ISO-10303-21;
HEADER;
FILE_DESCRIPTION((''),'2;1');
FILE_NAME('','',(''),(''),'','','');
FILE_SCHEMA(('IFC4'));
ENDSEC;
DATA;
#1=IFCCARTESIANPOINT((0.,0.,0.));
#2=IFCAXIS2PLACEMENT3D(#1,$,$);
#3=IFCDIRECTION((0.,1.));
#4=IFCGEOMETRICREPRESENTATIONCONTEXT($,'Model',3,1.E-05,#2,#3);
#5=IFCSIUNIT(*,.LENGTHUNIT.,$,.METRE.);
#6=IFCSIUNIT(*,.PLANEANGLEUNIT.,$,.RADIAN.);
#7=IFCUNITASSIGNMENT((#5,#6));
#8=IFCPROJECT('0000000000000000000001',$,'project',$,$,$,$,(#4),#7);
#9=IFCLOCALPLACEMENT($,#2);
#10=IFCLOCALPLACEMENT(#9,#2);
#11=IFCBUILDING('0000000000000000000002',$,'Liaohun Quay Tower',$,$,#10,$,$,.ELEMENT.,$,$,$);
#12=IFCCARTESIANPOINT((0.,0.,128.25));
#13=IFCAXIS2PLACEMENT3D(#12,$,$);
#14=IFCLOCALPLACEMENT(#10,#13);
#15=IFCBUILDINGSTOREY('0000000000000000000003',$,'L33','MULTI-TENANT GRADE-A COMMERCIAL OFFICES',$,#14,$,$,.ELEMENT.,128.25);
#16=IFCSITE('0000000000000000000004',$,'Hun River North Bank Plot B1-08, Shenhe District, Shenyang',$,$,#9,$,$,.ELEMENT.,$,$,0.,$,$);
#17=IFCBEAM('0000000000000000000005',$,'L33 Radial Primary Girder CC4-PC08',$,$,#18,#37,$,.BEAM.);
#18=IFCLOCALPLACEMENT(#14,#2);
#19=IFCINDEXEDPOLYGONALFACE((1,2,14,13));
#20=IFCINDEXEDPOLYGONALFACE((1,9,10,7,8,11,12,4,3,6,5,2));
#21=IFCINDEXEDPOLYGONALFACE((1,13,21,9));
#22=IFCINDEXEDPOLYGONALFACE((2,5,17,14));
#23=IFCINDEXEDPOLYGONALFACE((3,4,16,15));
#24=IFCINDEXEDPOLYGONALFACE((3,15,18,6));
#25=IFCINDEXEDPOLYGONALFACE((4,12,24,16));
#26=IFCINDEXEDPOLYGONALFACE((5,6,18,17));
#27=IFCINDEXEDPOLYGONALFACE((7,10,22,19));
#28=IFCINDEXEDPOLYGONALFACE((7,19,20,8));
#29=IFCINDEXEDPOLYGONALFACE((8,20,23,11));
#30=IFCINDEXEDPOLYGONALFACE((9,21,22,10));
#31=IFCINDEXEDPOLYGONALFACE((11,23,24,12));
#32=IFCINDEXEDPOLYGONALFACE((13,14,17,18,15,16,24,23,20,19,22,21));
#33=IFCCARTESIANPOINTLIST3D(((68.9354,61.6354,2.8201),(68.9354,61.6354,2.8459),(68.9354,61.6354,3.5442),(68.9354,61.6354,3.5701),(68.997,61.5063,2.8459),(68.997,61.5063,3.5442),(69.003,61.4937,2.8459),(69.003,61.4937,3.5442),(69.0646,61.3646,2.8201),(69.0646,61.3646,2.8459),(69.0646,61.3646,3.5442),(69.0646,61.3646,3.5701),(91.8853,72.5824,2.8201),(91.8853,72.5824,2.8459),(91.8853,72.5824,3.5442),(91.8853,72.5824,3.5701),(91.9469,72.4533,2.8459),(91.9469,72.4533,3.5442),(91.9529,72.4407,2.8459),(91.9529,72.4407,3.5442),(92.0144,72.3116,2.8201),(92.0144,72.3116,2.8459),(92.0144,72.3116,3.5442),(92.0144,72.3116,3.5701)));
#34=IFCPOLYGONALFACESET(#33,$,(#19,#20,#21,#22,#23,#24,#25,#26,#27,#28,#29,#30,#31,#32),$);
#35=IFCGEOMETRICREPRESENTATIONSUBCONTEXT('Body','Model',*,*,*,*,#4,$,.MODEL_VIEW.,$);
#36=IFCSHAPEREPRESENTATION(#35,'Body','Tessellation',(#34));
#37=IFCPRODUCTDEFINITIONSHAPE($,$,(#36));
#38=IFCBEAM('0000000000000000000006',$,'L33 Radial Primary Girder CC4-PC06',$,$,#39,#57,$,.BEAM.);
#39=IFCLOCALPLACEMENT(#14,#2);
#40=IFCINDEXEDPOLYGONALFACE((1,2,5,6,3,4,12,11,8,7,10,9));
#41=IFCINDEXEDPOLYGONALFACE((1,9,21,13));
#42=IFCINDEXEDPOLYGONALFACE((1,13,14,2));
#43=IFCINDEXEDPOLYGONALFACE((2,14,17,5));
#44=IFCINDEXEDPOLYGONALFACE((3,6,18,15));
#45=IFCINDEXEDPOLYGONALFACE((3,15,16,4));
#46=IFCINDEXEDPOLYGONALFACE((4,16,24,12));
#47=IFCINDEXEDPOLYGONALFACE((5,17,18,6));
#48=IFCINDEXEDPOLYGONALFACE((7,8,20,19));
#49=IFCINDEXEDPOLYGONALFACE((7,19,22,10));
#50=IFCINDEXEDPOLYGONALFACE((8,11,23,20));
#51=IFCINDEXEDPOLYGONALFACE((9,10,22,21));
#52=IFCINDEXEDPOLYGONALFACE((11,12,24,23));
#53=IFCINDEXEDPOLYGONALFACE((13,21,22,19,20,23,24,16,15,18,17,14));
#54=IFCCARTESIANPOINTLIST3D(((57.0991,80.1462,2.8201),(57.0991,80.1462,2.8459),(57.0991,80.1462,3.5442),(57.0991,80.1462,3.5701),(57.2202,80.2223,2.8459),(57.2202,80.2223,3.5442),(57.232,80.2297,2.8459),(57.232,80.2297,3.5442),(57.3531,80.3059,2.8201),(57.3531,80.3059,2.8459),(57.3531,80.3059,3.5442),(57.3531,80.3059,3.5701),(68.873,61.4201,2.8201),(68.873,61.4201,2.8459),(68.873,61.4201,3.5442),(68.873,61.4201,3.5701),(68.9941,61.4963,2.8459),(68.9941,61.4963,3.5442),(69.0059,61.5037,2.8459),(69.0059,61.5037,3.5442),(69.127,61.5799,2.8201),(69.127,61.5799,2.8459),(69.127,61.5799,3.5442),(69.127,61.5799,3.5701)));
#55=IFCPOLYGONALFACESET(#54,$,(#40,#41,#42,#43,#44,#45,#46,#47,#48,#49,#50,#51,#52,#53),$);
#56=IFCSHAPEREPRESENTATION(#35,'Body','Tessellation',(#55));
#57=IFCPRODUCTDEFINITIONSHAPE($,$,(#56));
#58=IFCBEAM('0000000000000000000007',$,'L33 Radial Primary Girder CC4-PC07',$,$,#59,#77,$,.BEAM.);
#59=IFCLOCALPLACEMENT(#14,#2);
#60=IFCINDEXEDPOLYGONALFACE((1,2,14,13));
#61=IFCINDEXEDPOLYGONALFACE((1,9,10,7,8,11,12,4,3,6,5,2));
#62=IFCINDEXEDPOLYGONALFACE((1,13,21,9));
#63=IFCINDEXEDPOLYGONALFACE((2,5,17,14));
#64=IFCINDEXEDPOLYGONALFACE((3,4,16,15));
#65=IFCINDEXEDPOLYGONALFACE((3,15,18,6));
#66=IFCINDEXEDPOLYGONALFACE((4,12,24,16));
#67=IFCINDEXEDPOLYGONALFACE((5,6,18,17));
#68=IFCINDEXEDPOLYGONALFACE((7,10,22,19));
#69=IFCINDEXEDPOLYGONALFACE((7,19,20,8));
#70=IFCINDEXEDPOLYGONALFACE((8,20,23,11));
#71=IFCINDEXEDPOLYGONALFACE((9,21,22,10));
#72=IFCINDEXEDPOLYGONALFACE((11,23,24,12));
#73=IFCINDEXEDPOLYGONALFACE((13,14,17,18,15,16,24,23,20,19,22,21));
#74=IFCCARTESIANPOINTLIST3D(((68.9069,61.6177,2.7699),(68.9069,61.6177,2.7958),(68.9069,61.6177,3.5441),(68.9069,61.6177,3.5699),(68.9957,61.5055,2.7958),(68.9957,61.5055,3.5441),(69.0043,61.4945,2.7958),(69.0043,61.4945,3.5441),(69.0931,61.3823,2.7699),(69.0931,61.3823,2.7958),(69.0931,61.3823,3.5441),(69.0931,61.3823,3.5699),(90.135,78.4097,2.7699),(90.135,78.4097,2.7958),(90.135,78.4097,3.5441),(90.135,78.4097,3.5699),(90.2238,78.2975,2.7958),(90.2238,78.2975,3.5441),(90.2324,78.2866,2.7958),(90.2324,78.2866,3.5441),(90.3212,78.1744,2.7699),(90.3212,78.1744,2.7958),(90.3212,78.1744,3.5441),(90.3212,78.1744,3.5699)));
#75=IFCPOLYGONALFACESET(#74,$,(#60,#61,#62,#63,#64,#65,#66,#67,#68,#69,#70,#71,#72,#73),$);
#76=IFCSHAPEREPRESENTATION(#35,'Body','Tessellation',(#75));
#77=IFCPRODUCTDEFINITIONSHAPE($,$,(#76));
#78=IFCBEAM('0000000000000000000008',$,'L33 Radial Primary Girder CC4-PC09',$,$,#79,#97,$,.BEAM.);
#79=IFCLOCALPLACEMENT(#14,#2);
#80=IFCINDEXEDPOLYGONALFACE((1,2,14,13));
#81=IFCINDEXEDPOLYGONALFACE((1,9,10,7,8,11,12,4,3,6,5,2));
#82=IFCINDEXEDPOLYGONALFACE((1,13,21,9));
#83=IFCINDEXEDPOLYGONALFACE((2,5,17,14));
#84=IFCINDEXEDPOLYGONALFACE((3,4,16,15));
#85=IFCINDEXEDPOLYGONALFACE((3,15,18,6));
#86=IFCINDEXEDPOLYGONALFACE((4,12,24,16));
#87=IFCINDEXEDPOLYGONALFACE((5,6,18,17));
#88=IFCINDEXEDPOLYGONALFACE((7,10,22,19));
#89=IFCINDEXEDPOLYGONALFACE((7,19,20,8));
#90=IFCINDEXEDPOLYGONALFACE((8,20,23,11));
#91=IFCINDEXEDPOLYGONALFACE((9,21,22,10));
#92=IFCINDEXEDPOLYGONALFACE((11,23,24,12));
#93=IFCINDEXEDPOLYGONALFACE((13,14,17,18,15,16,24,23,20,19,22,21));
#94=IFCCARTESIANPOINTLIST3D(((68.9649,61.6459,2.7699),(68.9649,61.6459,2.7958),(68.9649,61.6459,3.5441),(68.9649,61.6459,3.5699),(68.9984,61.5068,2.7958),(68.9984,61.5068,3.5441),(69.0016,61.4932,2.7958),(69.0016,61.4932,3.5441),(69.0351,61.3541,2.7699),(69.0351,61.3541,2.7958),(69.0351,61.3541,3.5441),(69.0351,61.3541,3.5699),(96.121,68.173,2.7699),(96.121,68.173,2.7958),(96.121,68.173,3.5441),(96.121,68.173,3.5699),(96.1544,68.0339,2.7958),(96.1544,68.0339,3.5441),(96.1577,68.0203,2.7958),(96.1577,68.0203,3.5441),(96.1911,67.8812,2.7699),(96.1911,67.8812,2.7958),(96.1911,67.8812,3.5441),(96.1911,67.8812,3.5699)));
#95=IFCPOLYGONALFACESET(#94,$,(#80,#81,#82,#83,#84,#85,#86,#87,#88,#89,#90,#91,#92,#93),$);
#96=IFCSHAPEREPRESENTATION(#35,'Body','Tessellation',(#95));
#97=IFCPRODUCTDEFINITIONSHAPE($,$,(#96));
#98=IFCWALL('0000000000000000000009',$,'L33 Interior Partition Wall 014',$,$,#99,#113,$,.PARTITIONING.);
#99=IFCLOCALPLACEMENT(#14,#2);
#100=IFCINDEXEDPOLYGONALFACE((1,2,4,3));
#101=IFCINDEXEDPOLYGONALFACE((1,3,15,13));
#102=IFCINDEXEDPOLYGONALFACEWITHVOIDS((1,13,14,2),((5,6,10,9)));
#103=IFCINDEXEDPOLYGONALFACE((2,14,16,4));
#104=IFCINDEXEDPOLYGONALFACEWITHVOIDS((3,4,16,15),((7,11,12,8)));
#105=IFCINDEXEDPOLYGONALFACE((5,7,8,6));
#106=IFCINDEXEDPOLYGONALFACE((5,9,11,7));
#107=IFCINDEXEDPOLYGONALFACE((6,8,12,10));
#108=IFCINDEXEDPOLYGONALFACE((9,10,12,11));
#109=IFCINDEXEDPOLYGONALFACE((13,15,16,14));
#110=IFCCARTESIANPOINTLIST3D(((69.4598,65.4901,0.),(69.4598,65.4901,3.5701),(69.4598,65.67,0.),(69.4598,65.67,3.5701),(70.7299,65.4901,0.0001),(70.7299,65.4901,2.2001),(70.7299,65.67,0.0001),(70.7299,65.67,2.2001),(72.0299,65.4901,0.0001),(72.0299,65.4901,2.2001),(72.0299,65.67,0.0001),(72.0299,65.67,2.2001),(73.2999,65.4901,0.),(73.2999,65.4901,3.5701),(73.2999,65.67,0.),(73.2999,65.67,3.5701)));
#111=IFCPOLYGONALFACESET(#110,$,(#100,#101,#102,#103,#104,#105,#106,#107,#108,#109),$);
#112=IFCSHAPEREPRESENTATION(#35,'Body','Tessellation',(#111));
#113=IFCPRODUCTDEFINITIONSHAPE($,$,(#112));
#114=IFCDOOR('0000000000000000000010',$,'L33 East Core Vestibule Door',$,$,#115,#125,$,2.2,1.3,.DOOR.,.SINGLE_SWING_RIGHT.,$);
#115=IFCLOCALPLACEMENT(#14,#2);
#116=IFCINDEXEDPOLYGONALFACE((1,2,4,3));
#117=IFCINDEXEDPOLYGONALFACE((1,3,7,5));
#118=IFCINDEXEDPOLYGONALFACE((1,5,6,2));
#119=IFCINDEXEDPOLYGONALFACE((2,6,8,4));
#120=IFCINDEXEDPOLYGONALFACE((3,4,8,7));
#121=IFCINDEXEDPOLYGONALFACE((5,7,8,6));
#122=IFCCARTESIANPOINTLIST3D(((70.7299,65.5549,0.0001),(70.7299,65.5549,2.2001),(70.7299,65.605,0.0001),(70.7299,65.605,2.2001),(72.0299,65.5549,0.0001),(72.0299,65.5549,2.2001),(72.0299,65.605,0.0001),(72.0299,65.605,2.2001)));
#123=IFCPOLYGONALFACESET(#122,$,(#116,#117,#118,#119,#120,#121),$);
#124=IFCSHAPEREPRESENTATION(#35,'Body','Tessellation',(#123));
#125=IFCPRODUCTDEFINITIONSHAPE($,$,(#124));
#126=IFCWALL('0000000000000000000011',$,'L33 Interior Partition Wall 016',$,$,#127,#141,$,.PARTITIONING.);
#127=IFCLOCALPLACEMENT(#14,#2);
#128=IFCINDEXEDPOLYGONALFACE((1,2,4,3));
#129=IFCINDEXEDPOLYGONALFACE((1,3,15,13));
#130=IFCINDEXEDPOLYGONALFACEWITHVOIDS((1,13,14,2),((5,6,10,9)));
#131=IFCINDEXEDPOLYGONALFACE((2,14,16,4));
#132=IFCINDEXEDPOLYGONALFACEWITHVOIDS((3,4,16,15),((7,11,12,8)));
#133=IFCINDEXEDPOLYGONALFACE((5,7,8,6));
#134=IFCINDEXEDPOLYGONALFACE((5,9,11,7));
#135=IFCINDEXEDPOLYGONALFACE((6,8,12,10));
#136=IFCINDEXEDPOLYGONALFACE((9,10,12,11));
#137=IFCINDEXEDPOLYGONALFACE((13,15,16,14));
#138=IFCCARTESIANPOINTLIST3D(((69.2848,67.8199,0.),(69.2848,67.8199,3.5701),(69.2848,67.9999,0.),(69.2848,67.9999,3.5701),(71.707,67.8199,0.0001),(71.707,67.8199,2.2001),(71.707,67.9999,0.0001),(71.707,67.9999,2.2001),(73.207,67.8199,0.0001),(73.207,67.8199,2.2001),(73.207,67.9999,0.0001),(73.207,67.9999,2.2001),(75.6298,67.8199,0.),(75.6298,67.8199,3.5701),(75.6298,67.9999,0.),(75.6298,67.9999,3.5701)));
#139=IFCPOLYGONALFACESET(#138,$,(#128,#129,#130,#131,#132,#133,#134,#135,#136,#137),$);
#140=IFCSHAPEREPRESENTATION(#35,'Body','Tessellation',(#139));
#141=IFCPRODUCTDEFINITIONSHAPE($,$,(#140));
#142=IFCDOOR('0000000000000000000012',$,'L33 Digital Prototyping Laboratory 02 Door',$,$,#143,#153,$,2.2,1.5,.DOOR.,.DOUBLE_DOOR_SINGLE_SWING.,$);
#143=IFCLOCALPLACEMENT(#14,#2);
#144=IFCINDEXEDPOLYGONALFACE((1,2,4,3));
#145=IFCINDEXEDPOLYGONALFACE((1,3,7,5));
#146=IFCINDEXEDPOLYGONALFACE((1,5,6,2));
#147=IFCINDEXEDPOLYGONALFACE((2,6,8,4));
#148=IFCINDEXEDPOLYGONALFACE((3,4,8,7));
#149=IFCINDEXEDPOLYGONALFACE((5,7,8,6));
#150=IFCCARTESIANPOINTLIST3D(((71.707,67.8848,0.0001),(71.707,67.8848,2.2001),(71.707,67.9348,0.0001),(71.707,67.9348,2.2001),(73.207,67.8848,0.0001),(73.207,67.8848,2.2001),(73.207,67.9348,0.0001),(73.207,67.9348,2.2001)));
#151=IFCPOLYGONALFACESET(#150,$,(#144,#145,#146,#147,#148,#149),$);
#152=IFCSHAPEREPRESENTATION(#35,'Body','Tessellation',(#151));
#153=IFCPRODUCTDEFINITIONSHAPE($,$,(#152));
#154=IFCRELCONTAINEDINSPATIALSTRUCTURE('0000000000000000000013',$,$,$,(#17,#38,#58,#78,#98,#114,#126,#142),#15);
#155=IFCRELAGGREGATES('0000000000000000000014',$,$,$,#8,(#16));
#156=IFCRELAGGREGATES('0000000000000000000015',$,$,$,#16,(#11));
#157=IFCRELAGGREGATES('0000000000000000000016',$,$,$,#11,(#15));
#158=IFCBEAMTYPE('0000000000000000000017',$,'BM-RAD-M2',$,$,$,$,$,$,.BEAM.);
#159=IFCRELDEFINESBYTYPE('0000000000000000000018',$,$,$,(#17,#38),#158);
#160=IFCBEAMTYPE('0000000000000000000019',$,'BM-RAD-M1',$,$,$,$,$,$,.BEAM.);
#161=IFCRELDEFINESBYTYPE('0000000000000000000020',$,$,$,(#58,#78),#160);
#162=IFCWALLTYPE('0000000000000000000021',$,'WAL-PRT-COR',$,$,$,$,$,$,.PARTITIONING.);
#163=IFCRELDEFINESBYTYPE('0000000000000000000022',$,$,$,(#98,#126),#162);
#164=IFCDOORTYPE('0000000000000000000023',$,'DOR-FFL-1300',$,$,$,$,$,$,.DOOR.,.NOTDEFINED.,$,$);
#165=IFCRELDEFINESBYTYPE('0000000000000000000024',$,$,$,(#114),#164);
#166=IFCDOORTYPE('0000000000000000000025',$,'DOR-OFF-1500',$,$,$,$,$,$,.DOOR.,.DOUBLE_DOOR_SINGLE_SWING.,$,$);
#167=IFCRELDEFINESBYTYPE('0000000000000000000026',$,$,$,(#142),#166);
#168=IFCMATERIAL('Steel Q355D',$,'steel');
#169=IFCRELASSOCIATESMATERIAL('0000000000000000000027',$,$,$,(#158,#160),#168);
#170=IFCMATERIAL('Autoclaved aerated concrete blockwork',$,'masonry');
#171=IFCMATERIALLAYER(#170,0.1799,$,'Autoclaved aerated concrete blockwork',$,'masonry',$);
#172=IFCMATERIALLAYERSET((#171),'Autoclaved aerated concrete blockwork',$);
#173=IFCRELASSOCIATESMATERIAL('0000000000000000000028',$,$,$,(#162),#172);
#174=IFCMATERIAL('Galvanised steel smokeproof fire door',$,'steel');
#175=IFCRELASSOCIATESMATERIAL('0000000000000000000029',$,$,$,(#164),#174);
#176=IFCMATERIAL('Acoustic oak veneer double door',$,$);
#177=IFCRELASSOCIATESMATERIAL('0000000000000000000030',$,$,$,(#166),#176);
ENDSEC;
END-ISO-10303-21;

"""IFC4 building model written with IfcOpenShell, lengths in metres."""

from ifc_helpers import new_model, si_unit, direction, frame, frame_2d, origin, origin_2d, place, context, subcontext, project, spatial, rectangle, i_section, extrude, source, transform, mapped, material, layer, layer_set, material_profile, profile_set, type_object, element, fill, save


model = new_model("IFC4")

# Units and contexts
model_context = context("Model", 3, precision=1e-05, world=origin(), true_north=direction((0.0, 1.0)))
body_context = subcontext(model_context, "Body", "Model", "MODEL_VIEW")
ifc_project = project(units=[si_unit("LENGTHUNIT", "METRE"), si_unit("PLANEANGLEUNIT", "RADIAN")], contexts=[model_context])

# Site, building, storey
site_placement = place(None, origin())
site = spatial("IfcSite", under=ifc_project, at=site_placement, Name="Hun River North Bank Plot B1-08, Shenhe District, Shenyang", CompositionType="ELEMENT", RefElevation=0.0)
building_placement = place(site_placement, origin())
building = spatial("IfcBuilding", under=site, at=building_placement, Name="Liaohun Quay Tower", CompositionType="ELEMENT")
storey_placement = place(building_placement, frame((0.0, 0.0, 128.25)))
storey = spatial("IfcBuildingStorey", under=building, at=storey_placement, Name="L33", Description="MULTI-TENANT GRADE-A COMMERCIAL OFFICES", CompositionType="ELEMENT", Elevation=128.25)

# Beams
ifc_material_1 = material(Name="Steel Q355D", Category="steel")
ifc_material_profile_1 = material_profile(ifc_material_1, i_section(OverallWidth=0.3, OverallDepth=0.75, WebThickness=0.0139, FlangeThickness=0.0259, at=origin_2d()), Name="HN750x300x14x26")
ifc_profile_set_1 = profile_set([ifc_material_profile_1], Name="Steel Q355D")
beam_type_1 = type_object("IfcBeamType", Name="BM-RAD-M2", PredefinedType="BEAM", material=ifc_profile_set_1)
shared_shape_1 = source(origin(), body_context, "Body", "SweptSolid", [
    extrude(i_section(OverallWidth=0.3, OverallDepth=0.75, WebThickness=0.0139, FlangeThickness=0.0259, at=origin_2d()), origin(), (0.0, 0.0, 1.0), 25.427),
])
beam_1_placement = place(storey_placement, frame((69.0, 61.5, 3.1951), z_axis=(0.902578, 0.430526, 0.0), x_axis=(-0.430526, 0.902578, 0.0)))
element("IfcBeam", 1, at=beam_1_placement, inside=storey, type_object=beam_type_1, Name="L33 Radial Primary Girder CC4-PC08", PredefinedType="BEAM", context=body_context, shape_type="MappedRepresentation", body=[
    mapped(shared_shape_1, transform((0.0, 0.0, 0.0), x_axis=(1.0, 0.0, 0.0), y_axis=(0.0, 1.0, 0.0), z_axis=(0.0, 0.0, 1.0), scale=1.0)),
])
shared_shape_2 = source(origin(), body_context, "Body", "SweptSolid", [
    extrude(i_section(OverallWidth=0.3, OverallDepth=0.75, WebThickness=0.0139, FlangeThickness=0.0259, at=origin_2d()), origin(), (0.0, 0.0, 1.0), 22.1199),
])
beam_2_placement = place(storey_placement, frame((69.0, 61.5, 3.1951), z_axis=(-0.532277, 0.84657, 0.0), x_axis=(-0.84657, -0.532277, 0.0)))
element("IfcBeam", 2, at=beam_2_placement, inside=storey, type_object=beam_type_1, Name="L33 Radial Primary Girder CC4-PC06", PredefinedType="BEAM", context=body_context, shape_type="MappedRepresentation", body=[
    mapped(shared_shape_2, transform((0.0, 0.0, 0.0), x_axis=(1.0, 0.0, 0.0), y_axis=(0.0, 1.0, 0.0), z_axis=(0.0, 0.0, 1.0), scale=1.0)),
])
ifc_material_profile_2 = material_profile(ifc_material_1, i_section(OverallWidth=0.3, OverallDepth=0.8, WebThickness=0.0139, FlangeThickness=0.0259, at=origin_2d()), Name="HN800x300x14x26")
ifc_profile_set_2 = profile_set([ifc_material_profile_2], Name="Steel Q355D")
beam_type_2 = type_object("IfcBeamType", Name="BM-RAD-M1", PredefinedType="BEAM", material=ifc_profile_set_2)
shared_shape_3 = source(origin(), body_context, "Body", "SweptSolid", [
    extrude(i_section(OverallWidth=0.3, OverallDepth=0.8, WebThickness=0.0139, FlangeThickness=0.0259, at=origin_2d()), origin(), (0.0, 0.0, 1.0), 27.0667),
])
beam_3_placement = place(storey_placement, frame((69.0, 61.5, 3.1699), z_axis=(0.784289, 0.620396, 0.0), x_axis=(-0.620396, 0.784289, 0.0)))
element("IfcBeam", 3, at=beam_3_placement, inside=storey, type_object=beam_type_2, Name="L33 Radial Primary Girder CC4-PC07", PredefinedType="BEAM", context=body_context, shape_type="MappedRepresentation", body=[
    mapped(shared_shape_3, transform((0.0, 0.0, 0.0), x_axis=(1.0, 0.0, 0.0), y_axis=(0.0, 1.0, 0.0), z_axis=(0.0, 0.0, 1.0), scale=1.0)),
])
shared_shape_4 = source(origin(), body_context, "Body", "SweptSolid", [
    extrude(i_section(OverallWidth=0.3, OverallDepth=0.8, WebThickness=0.0139, FlangeThickness=0.0259, at=origin_2d()), origin(), (0.0, 0.0, 1.0), 27.9294),
])
beam_4_placement = place(storey_placement, frame((69.0, 61.5, 3.1699), z_axis=(0.972309, 0.2337, 0.0), x_axis=(-0.2337, 0.972309, 0.0)))
element("IfcBeam", 4, at=beam_4_placement, inside=storey, type_object=beam_type_2, Name="L33 Radial Primary Girder CC4-PC09", PredefinedType="BEAM", context=body_context, shape_type="MappedRepresentation", body=[
    mapped(shared_shape_4, transform((0.0, 0.0, 0.0), x_axis=(1.0, 0.0, 0.0), y_axis=(0.0, 1.0, 0.0), z_axis=(0.0, 0.0, 1.0), scale=1.0)),
])

# Walls, openings, doors
ifc_material_2 = material(Name="Autoclaved aerated concrete blockwork", Category="masonry")
ifc_layer_1 = layer(ifc_material_2, 0.1799, Name="Autoclaved aerated concrete blockwork", Category="masonry")
ifc_layer_set_1 = layer_set([ifc_layer_1], Name="Autoclaved aerated concrete blockwork")
wall_type_1 = type_object("IfcWallType", Name="WAL-PRT-COR", PredefinedType="PARTITIONING", material=ifc_layer_set_1)
wall_1_placement = place(storey_placement, frame((69.46, 65.5801, 0.0), z_axis=(0.0, 0.0, 1.0), x_axis=(1.0, 0.0, 0.0)))
wall_1 = element("IfcWall", 5, at=wall_1_placement, inside=storey, type_object=wall_type_1, Name="L33 Interior Partition Wall 014", PredefinedType="PARTITIONING", context=body_context, shape_type="SweptSolid", body=[
    extrude(rectangle(XDim=3.8401, YDim=0.1799, at=frame_2d((1.9199, 0.0))), origin(), (0.0, 0.0, 1.0), 3.5701),
])
shared_shape_5 = source(origin(), body_context, "Body", "SweptSolid", [
    extrude(rectangle(XDim=1.3, YDim=2.2, at=frame_2d((0.6499, 1.1001))), frame((0.0, 0.0999, 0.0), z_axis=(0.0, -1.0, 0.0), x_axis=(1.0, 0.0, 0.0)), (0.0, 0.0, 1.0), 0.2),
])
opening_1_placement = place(wall_1_placement, frame((1.27, 0.0, 0.0)))
opening_1 = element("IfcOpeningElement", 6, at=opening_1_placement, cuts=wall_1, PredefinedType="OPENING", context=body_context, shape_type="MappedRepresentation", body=[
    mapped(shared_shape_5, transform((0.0, 0.0, 0.0), x_axis=(1.0, 0.0, 0.0), y_axis=(0.0, 1.0, 0.0), z_axis=(0.0, 0.0, 1.0), scale=1.0)),
])
ifc_material_3 = material(Name="Galvanised steel smokeproof fire door", Category="steel")
door_type_1 = type_object("IfcDoorType", Name="DOR-FFL-1300", OperationType="NOTDEFINED", PredefinedType="DOOR", material=ifc_material_3)
shared_shape_6 = source(origin(), body_context, "Body", "SweptSolid", [
    extrude(rectangle(XDim=1.3, YDim=2.2, at=frame_2d((0.6499, 1.1001))), frame((0.0, 0.0249, 0.0), z_axis=(0.0, -1.0, 0.0), x_axis=(1.0, 0.0, 0.0)), (0.0, 0.0, 1.0), 0.05),
])
door_1_placement = place(opening_1_placement, origin())
door_1 = element("IfcDoor", 7, at=door_1_placement, inside=storey, type_object=door_type_1, Name="L33 East Core Vestibule Door", OperationType="SINGLE_SWING_RIGHT", OverallHeight=2.2, OverallWidth=1.3, PredefinedType="DOOR", context=body_context, shape_type="MappedRepresentation", body=[
    mapped(shared_shape_6, transform((0.0, 0.0, 0.0), x_axis=(1.0, 0.0, 0.0), y_axis=(0.0, 1.0, 0.0), z_axis=(0.0, 0.0, 1.0), scale=1.0)),
])
fill(opening_1, door_1)
wall_2_placement = place(storey_placement, frame((69.2849, 67.9099, 0.0), z_axis=(0.0, 0.0, 1.0), x_axis=(1.0, 0.0, 0.0)))
wall_2 = element("IfcWall", 8, at=wall_2_placement, inside=storey, type_object=wall_type_1, Name="L33 Interior Partition Wall 016", PredefinedType="PARTITIONING", context=body_context, shape_type="SweptSolid", body=[
    extrude(rectangle(XDim=6.345, YDim=0.1799, at=frame_2d((3.1724, 0.0))), origin(), (0.0, 0.0, 1.0), 3.5701),
])
shared_shape_7 = source(origin(), body_context, "Body", "SweptSolid", [
    extrude(rectangle(XDim=1.5, YDim=2.2, at=frame_2d((0.75, 1.1001))), frame((0.0, 0.0999, 0.0), z_axis=(0.0, -1.0, 0.0), x_axis=(1.0, 0.0, 0.0)), (0.0, 0.0, 1.0), 0.2),
])
opening_2_placement = place(wall_2_placement, frame((2.4221, 0.0, 0.0)))
opening_2 = element("IfcOpeningElement", 9, at=opening_2_placement, cuts=wall_2, PredefinedType="OPENING", context=body_context, shape_type="MappedRepresentation", body=[
    mapped(shared_shape_7, transform((0.0, 0.0, 0.0), x_axis=(1.0, 0.0, 0.0), y_axis=(0.0, 1.0, 0.0), z_axis=(0.0, 0.0, 1.0), scale=1.0)),
])
ifc_material_4 = material(Name="Acoustic oak veneer double door")
door_type_2 = type_object("IfcDoorType", Name="DOR-OFF-1500", OperationType="DOUBLE_DOOR_SINGLE_SWING", PredefinedType="DOOR", material=ifc_material_4)
shared_shape_8 = source(origin(), body_context, "Body", "SweptSolid", [
    extrude(rectangle(XDim=1.5, YDim=2.2, at=frame_2d((0.75, 1.1001))), frame((0.0, 0.0249, 0.0), z_axis=(0.0, -1.0, 0.0), x_axis=(1.0, 0.0, 0.0)), (0.0, 0.0, 1.0), 0.05),
])
door_2_placement = place(opening_2_placement, origin())
door_2 = element("IfcDoor", 10, at=door_2_placement, inside=storey, type_object=door_type_2, Name="L33 Digital Prototyping Laboratory 02 Door", OperationType="DOUBLE_DOOR_SINGLE_SWING", OverallHeight=2.2, OverallWidth=1.5, PredefinedType="DOOR", context=body_context, shape_type="MappedRepresentation", body=[
    mapped(shared_shape_8, transform((0.0, 0.0, 0.0), x_axis=(1.0, 0.0, 0.0), y_axis=(0.0, 1.0, 0.0), z_axis=(0.0, 0.0, 1.0), scale=1.0)),
])
fill(opening_2, door_2)

save(model, "model.ifc")
